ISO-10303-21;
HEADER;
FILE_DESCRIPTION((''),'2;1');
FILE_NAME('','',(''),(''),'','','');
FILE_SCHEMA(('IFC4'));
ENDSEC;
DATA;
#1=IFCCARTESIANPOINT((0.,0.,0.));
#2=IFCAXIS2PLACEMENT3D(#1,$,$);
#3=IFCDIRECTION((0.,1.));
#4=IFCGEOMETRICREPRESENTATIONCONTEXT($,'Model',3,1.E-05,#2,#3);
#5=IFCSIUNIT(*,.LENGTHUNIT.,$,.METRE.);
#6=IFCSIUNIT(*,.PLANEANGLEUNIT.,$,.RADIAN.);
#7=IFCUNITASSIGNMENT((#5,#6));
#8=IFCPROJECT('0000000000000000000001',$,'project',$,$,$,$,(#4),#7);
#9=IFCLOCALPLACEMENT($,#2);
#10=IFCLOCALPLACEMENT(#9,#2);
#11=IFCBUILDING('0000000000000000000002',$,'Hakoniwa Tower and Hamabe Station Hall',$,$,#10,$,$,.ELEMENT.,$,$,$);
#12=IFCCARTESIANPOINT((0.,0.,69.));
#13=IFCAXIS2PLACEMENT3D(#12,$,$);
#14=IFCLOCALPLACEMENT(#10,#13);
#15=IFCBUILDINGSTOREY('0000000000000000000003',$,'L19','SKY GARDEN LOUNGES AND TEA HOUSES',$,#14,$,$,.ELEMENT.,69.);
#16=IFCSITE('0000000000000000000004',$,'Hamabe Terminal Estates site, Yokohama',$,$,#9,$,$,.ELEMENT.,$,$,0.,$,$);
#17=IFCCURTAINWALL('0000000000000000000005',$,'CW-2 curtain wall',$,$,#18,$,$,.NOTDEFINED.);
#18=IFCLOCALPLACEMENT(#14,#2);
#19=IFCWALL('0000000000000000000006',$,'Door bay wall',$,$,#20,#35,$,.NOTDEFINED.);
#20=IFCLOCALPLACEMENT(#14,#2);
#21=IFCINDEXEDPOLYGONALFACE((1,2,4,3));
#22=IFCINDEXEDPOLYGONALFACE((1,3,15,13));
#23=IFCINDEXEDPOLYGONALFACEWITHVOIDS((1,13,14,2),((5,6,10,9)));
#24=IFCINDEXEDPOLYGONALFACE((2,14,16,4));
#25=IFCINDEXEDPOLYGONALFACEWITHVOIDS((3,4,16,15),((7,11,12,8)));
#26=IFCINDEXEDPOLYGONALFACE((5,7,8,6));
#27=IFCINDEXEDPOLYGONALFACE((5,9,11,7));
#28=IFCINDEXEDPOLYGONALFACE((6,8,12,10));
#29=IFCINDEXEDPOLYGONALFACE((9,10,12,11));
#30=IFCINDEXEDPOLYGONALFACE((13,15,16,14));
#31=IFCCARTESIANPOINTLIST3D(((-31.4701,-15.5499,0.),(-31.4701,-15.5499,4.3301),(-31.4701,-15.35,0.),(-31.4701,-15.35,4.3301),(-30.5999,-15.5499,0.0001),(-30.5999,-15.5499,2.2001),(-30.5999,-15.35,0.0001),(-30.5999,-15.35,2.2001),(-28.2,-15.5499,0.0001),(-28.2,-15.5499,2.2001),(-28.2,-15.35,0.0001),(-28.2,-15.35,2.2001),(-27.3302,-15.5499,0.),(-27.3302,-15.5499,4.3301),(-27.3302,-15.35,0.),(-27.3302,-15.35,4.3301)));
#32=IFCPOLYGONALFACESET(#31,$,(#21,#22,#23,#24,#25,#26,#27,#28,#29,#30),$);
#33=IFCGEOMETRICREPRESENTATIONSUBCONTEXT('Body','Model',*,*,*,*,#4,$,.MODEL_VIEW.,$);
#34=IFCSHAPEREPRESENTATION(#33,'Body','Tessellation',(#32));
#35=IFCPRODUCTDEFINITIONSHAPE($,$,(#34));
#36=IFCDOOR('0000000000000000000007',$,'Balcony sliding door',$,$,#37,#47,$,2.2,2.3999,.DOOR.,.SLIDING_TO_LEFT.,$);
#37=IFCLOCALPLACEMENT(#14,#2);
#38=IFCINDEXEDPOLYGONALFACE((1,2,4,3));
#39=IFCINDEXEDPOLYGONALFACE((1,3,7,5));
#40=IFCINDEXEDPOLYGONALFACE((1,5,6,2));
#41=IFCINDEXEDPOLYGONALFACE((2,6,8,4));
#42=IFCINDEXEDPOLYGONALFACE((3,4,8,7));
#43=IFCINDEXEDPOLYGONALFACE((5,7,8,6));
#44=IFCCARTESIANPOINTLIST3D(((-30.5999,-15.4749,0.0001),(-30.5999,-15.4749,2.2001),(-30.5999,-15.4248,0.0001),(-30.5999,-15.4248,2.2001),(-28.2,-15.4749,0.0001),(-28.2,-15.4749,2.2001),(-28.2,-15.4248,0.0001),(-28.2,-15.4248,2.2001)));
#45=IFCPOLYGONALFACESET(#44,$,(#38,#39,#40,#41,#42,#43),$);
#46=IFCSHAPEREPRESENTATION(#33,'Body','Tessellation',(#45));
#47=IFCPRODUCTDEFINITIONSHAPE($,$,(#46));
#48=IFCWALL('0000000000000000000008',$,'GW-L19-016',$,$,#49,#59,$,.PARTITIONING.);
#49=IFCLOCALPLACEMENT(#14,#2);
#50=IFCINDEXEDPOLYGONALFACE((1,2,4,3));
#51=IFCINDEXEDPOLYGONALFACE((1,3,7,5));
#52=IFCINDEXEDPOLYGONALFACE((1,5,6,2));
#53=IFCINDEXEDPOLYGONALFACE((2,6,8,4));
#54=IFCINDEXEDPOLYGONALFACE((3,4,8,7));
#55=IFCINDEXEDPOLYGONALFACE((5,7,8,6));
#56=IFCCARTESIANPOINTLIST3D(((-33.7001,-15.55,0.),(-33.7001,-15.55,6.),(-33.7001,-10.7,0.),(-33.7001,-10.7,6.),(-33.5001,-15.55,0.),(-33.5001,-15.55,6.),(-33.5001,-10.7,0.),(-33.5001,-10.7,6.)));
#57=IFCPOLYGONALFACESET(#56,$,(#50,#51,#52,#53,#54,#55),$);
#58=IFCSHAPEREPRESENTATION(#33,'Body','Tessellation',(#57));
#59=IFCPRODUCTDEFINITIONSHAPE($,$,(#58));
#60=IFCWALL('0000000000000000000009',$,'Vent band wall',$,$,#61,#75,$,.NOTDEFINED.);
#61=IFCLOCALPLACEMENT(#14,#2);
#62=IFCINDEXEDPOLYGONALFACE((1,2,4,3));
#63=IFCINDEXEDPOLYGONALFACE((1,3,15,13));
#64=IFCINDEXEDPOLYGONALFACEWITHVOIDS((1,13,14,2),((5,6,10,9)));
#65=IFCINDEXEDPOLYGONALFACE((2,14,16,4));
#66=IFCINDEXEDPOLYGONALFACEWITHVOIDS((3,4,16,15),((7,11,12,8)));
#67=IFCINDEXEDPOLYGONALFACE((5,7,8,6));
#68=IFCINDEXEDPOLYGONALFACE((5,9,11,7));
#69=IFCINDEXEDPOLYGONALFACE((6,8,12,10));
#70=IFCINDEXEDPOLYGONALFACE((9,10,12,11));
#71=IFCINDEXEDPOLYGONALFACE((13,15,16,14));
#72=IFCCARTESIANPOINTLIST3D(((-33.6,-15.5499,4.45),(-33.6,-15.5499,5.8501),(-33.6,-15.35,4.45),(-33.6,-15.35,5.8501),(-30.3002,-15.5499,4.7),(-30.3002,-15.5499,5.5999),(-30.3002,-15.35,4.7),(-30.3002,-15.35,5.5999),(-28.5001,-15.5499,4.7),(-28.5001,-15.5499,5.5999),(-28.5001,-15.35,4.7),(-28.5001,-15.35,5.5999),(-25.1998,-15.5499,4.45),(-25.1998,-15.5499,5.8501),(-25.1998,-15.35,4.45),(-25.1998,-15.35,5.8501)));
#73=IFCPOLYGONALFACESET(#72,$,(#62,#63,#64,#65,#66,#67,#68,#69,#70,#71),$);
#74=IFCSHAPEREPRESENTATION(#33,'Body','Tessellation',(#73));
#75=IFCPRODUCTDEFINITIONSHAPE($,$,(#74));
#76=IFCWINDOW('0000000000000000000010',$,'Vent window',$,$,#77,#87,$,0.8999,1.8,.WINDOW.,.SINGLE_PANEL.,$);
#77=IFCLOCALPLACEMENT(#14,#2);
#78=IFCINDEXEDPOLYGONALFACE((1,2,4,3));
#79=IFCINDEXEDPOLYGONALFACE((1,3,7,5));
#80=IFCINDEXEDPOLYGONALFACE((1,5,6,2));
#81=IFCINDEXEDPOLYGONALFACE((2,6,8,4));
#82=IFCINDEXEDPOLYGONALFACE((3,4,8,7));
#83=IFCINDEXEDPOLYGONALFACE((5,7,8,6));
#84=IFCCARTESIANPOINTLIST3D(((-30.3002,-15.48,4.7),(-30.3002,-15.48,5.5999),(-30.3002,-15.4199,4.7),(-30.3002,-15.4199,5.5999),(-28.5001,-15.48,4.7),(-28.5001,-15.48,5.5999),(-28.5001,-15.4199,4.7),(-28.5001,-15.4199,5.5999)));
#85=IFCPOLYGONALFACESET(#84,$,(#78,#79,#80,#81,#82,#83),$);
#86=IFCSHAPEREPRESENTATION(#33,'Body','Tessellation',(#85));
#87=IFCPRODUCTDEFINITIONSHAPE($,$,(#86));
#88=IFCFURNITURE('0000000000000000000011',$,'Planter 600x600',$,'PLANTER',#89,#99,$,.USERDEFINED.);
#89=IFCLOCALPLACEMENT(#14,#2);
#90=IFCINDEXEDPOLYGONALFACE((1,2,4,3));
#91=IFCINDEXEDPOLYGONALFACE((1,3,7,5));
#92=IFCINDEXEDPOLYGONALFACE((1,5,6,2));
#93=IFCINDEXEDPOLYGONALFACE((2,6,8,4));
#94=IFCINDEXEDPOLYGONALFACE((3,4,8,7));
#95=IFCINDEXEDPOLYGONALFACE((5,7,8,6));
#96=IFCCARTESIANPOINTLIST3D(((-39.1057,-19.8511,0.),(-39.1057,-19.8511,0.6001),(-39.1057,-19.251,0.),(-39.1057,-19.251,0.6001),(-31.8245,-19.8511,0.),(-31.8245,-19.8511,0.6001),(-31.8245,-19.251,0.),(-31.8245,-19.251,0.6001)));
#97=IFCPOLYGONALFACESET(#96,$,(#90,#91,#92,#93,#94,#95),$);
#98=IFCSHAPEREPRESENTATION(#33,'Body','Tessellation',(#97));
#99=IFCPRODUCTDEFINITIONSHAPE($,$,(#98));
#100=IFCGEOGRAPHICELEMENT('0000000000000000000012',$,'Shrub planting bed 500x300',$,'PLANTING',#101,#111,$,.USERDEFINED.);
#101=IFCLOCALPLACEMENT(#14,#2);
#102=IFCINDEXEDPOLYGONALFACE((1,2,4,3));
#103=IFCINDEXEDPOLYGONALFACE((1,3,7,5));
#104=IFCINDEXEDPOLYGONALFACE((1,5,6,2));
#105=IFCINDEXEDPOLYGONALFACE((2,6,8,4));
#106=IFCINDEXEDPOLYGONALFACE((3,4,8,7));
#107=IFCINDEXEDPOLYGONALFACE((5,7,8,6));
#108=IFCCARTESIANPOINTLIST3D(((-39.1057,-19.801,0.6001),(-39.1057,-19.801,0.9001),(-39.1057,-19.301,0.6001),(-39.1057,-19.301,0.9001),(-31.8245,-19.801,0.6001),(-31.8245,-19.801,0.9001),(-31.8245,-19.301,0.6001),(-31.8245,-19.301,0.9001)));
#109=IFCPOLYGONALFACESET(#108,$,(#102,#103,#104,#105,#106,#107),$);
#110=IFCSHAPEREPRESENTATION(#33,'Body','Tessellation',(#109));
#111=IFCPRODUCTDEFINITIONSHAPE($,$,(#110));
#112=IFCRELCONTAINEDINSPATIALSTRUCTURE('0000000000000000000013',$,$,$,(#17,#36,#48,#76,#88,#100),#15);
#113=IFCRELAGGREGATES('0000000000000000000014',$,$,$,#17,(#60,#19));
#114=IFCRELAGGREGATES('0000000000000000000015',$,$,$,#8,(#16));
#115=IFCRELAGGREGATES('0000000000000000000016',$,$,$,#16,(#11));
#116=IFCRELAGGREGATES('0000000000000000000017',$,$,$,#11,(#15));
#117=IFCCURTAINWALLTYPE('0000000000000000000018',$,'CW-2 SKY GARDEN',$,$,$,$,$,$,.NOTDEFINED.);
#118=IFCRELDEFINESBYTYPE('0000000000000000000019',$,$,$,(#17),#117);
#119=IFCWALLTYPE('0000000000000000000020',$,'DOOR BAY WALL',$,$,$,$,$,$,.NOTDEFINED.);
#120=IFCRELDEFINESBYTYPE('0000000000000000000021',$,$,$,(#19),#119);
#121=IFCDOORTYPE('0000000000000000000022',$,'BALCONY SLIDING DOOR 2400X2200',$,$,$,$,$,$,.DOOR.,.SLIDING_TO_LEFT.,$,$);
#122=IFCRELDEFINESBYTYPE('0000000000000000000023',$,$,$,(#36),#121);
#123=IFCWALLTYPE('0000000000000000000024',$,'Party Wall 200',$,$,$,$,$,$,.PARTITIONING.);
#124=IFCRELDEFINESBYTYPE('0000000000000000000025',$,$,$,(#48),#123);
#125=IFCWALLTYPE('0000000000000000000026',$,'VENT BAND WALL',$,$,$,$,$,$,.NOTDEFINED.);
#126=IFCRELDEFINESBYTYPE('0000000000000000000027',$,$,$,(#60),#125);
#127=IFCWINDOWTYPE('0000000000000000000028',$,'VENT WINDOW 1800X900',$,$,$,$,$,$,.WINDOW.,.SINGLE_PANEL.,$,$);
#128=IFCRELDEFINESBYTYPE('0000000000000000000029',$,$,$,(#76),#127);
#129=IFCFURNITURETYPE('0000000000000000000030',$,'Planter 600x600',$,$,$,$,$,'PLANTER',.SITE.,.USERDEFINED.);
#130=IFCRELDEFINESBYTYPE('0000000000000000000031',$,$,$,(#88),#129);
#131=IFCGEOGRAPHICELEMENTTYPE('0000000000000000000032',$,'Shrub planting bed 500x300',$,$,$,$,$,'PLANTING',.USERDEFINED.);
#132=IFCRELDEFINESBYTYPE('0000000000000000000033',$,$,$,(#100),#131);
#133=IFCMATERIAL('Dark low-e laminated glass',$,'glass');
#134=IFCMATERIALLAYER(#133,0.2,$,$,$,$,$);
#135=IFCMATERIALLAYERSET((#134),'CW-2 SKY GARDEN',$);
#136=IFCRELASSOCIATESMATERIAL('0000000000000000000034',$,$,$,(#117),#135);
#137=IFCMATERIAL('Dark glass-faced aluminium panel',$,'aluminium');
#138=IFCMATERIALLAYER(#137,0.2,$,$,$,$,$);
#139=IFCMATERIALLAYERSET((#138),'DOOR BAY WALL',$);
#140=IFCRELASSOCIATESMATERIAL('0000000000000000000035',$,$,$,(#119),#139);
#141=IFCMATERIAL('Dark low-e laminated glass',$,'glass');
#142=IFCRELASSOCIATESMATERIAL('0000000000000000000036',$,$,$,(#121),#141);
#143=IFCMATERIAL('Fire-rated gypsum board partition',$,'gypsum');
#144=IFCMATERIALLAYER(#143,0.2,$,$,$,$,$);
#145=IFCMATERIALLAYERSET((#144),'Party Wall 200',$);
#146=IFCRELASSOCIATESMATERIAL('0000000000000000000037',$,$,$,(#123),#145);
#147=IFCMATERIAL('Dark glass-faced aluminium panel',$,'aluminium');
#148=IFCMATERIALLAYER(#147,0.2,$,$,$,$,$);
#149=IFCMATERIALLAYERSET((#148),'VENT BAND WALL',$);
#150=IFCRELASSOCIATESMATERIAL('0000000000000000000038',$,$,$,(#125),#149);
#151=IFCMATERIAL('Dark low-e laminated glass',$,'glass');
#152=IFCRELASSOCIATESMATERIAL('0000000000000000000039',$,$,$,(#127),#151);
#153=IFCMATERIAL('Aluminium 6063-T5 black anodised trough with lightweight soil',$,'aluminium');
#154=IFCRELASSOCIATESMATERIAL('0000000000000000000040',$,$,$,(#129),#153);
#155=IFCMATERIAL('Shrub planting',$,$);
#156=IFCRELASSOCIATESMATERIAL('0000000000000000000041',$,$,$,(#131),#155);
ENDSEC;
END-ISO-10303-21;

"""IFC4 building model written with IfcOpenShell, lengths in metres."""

from ifc_helpers import new_model, si_unit, direction, frame, frame_2d, origin, origin_2d, place, context, subcontext, project, spatial, rectangle, extrude, material, layer, layer_set, type_object, element, fill, aggregate, save


model = new_model("IFC4")

# Units and contexts
model_context = context("Model", 3, precision=1e-05, world=origin(), true_north=direction((0.0, 1.0)))
body_context = subcontext(model_context, "Body", "Model", "MODEL_VIEW")
ifc_project = project(units=[si_unit("LENGTHUNIT", "METRE"), si_unit("PLANEANGLEUNIT", "RADIAN")], contexts=[model_context])

# Site, building, storey
site_placement = place(None, origin())
site = spatial("IfcSite", under=ifc_project, at=site_placement, Name="Hamabe Terminal Estates site, Yokohama", CompositionType="ELEMENT", RefElevation=0.0)
building_placement = place(site_placement, origin())
building = spatial("IfcBuilding", under=site, at=building_placement, Name="Hakoniwa Tower and Hamabe Station Hall", CompositionType="ELEMENT")
storey_placement = place(building_placement, frame((0.0, 0.0, 69.0)))
storey = spatial("IfcBuildingStorey", under=building, at=storey_placement, Name="L19", Description="SKY GARDEN LOUNGES AND TEA HOUSES", CompositionType="ELEMENT", Elevation=69.0)

# Curtain wall
ifc_material_1 = material(Name="Dark low-e laminated glass", Category="glass")
ifc_layer_1 = layer(ifc_material_1, 0.2)
ifc_layer_set_1 = layer_set([ifc_layer_1], Name="CW-2 SKY GARDEN")
curtain_wall_type = type_object("IfcCurtainWallType", Name="CW-2 SKY GARDEN", PredefinedType="NOTDEFINED", material=ifc_layer_set_1)
curtain_wall_placement = place(storey_placement, origin())
curtain_wall = element("IfcCurtainWall", 1, at=curtain_wall_placement, inside=storey, type_object=curtain_wall_type, Name="CW-2 curtain wall", PredefinedType="NOTDEFINED")

# Wall, opening, door
ifc_material_2 = material(Name="Dark glass-faced aluminium panel", Category="aluminium")
ifc_layer_2 = layer(ifc_material_2, 0.2)
ifc_layer_set_2 = layer_set([ifc_layer_2], Name="DOOR BAY WALL")
wall_type_1 = type_object("IfcWallType", Name="DOOR BAY WALL", PredefinedType="NOTDEFINED", material=ifc_layer_set_2)
ifc_material_3 = material(Name="Dark low-e laminated glass", Category="glass")
door_type_1 = type_object("IfcDoorType", Name="BALCONY SLIDING DOOR 2400X2200", OperationType="SLIDING_TO_LEFT", PredefinedType="DOOR", material=ifc_material_3)
wall_1_placement = place(storey_placement, frame((-31.47, -15.45, 0.0), z_axis=(0.0, 0.0, 1.0), x_axis=(1.0, 0.0, 0.0)))
wall_1 = element("IfcWall", 2, at=wall_1_placement, type_object=wall_type_1, Name="Door bay wall", PredefinedType="NOTDEFINED", context=body_context, shape_type="SweptSolid", body=[
    extrude(rectangle(XDim=4.1399, YDim=0.2, at=frame_2d((2.0698, 0.0))), origin(), (0.0, 0.0, 1.0), 4.3301),
])
opening_1_placement = place(wall_1_placement, frame((0.8701, 0.0, 0.0)))
opening_1 = element("IfcOpeningElement", 3, at=opening_1_placement, cuts=wall_1, PredefinedType="OPENING", context=body_context, shape_type="SweptSolid", body=[
    extrude(rectangle(XDim=2.3999, YDim=2.2, at=frame_2d((1.2, 1.1001))), frame((0.0, 0.1099, 0.0), z_axis=(0.0, -1.0, 0.0), x_axis=(1.0, 0.0, 0.0)), (0.0, 0.0, 1.0), 0.22),
])
door_1_placement = place(opening_1_placement, frame((2.3999, 0.0, 0.0), z_axis=(0.0, 0.0, 1.0), x_axis=(-1.0, 0.0, 0.0)))
door_1 = element("IfcDoor", 4, at=door_1_placement, inside=storey, type_object=door_type_1, Name="Balcony sliding door", OperationType="SLIDING_TO_LEFT", OverallHeight=2.2, OverallWidth=2.3999, PredefinedType="DOOR", context=body_context, shape_type="SweptSolid", body=[
    extrude(rectangle(XDim=2.3999, YDim=2.2, at=frame_2d((1.2, 1.1001))), frame((0.0, 0.0249, 0.0), z_axis=(0.0, -1.0, 0.0), x_axis=(1.0, 0.0, 0.0)), (0.0, 0.0, 1.0), 0.05),
])
fill(opening_1, door_1)

# Wall
ifc_material_4 = material(Name="Fire-rated gypsum board partition", Category="gypsum")
ifc_layer_3 = layer(ifc_material_4, 0.2)
ifc_layer_set_3 = layer_set([ifc_layer_3], Name="Party Wall 200")
wall_type_2 = type_object("IfcWallType", Name="Party Wall 200", PredefinedType="PARTITIONING", material=ifc_layer_set_3)
wall_2_placement = place(storey_placement, frame((-33.6001, -15.55, 0.0), z_axis=(0.0, 0.0, 1.0), x_axis=(0.0, 1.0, 0.0)))
element("IfcWall", 5, at=wall_2_placement, inside=storey, type_object=wall_type_2, Name="GW-L19-016", PredefinedType="PARTITIONING", context=body_context, shape_type="SweptSolid", body=[
    extrude(rectangle(XDim=4.8501, YDim=0.2, at=frame_2d((2.425, 0.0))), origin(), (0.0, 0.0, 1.0), 6.0),
])

# Wall, opening, window
ifc_material_5 = material(Name="Dark glass-faced aluminium panel", Category="aluminium")
ifc_layer_4 = layer(ifc_material_5, 0.2)
ifc_layer_set_4 = layer_set([ifc_layer_4], Name="VENT BAND WALL")
wall_type_3 = type_object("IfcWallType", Name="VENT BAND WALL", PredefinedType="NOTDEFINED", material=ifc_layer_set_4)
wall_3_placement = place(storey_placement, frame((-33.6001, -15.45, 4.45), z_axis=(0.0, 0.0, 1.0), x_axis=(1.0, 0.0, 0.0)))
wall_3 = element("IfcWall", 6, at=wall_3_placement, type_object=wall_type_3, Name="Vent band wall", PredefinedType="NOTDEFINED", context=body_context, shape_type="SweptSolid", body=[
    extrude(rectangle(XDim=8.4001, YDim=0.2, at=frame_2d((4.2002, 0.0))), origin(), (0.0, 0.0, 1.0), 1.4001),
])
opening_2_placement = place(wall_3_placement, frame((3.3, 0.0, 0.25)))
opening_2 = element("IfcOpeningElement", 7, at=opening_2_placement, cuts=wall_3, PredefinedType="OPENING", context=body_context, shape_type="SweptSolid", body=[
    extrude(rectangle(XDim=1.8, YDim=0.8999, at=frame_2d((0.8999, 0.45))), frame((0.0, 0.1099, 0.0), z_axis=(0.0, -1.0, 0.0), x_axis=(1.0, 0.0, 0.0)), (0.0, 0.0, 1.0), 0.22),
])
ifc_material_6 = material(Name="Dark low-e laminated glass", Category="glass")
window_type = type_object("IfcWindowType", Name="VENT WINDOW 1800X900", PartitioningType="SINGLE_PANEL", PredefinedType="WINDOW", material=ifc_material_6)
window_placement = place(opening_2_placement, origin())
window = element("IfcWindow", 8, at=window_placement, inside=storey, type_object=window_type, Name="Vent window", OverallHeight=0.8999, OverallWidth=1.8, PartitioningType="SINGLE_PANEL", PredefinedType="WINDOW", context=body_context, shape_type="SweptSolid", body=[
    extrude(rectangle(XDim=1.8, YDim=0.8999, at=frame_2d((0.8999, 0.45))), frame((0.0, 0.03, 0.0), z_axis=(0.0, -1.0, 0.0), x_axis=(1.0, 0.0, 0.0)), (0.0, 0.0, 1.0), 0.0601),
])
fill(opening_2, window)
aggregate(curtain_wall, [wall_3, wall_1])

# Furniture
ifc_material_7 = material(Name="Aluminium 6063-T5 black anodised trough with lightweight soil", Category="aluminium")
furniture_type = type_object("IfcFurnitureType", Name="Planter 600x600", ElementType="PLANTER", AssemblyPlace="SITE", PredefinedType="USERDEFINED", material=ifc_material_7)
furniture_placement = place(storey_placement, frame((-35.4651, -19.551, 0.0), z_axis=(0.0, 0.0, 1.0), x_axis=(1.0, 0.0, 0.0)))
element("IfcFurniture", 9, at=furniture_placement, inside=storey, type_object=furniture_type, Name="Planter 600x600", ObjectType="PLANTER", PredefinedType="USERDEFINED", context=body_context, shape_type="SweptSolid", body=[
    extrude(rectangle(XDim=7.2812, YDim=0.6001, at=origin_2d()), origin(), (0.0, 0.0, 1.0), 0.6001),
])

# Geographic element
ifc_material_8 = material(Name="Shrub planting")
geographic_element_type = type_object("IfcGeographicElementType", Name="Shrub planting bed 500x300", ElementType="PLANTING", PredefinedType="USERDEFINED", material=ifc_material_8)
geographic_element_placement = place(storey_placement, frame((-35.4651, -19.551, 0.6001), z_axis=(0.0, 0.0, 1.0), x_axis=(1.0, 0.0, 0.0)))
element("IfcGeographicElement", 10, at=geographic_element_placement, inside=storey, type_object=geographic_element_type, Name="Shrub planting bed 500x300", ObjectType="PLANTING", PredefinedType="USERDEFINED", context=body_context, shape_type="SweptSolid", body=[
    extrude(rectangle(XDim=7.2812, YDim=0.5, at=origin_2d()), origin(), (0.0, 0.0, 1.0), 0.3),
])

save(model, "model.ifc")
